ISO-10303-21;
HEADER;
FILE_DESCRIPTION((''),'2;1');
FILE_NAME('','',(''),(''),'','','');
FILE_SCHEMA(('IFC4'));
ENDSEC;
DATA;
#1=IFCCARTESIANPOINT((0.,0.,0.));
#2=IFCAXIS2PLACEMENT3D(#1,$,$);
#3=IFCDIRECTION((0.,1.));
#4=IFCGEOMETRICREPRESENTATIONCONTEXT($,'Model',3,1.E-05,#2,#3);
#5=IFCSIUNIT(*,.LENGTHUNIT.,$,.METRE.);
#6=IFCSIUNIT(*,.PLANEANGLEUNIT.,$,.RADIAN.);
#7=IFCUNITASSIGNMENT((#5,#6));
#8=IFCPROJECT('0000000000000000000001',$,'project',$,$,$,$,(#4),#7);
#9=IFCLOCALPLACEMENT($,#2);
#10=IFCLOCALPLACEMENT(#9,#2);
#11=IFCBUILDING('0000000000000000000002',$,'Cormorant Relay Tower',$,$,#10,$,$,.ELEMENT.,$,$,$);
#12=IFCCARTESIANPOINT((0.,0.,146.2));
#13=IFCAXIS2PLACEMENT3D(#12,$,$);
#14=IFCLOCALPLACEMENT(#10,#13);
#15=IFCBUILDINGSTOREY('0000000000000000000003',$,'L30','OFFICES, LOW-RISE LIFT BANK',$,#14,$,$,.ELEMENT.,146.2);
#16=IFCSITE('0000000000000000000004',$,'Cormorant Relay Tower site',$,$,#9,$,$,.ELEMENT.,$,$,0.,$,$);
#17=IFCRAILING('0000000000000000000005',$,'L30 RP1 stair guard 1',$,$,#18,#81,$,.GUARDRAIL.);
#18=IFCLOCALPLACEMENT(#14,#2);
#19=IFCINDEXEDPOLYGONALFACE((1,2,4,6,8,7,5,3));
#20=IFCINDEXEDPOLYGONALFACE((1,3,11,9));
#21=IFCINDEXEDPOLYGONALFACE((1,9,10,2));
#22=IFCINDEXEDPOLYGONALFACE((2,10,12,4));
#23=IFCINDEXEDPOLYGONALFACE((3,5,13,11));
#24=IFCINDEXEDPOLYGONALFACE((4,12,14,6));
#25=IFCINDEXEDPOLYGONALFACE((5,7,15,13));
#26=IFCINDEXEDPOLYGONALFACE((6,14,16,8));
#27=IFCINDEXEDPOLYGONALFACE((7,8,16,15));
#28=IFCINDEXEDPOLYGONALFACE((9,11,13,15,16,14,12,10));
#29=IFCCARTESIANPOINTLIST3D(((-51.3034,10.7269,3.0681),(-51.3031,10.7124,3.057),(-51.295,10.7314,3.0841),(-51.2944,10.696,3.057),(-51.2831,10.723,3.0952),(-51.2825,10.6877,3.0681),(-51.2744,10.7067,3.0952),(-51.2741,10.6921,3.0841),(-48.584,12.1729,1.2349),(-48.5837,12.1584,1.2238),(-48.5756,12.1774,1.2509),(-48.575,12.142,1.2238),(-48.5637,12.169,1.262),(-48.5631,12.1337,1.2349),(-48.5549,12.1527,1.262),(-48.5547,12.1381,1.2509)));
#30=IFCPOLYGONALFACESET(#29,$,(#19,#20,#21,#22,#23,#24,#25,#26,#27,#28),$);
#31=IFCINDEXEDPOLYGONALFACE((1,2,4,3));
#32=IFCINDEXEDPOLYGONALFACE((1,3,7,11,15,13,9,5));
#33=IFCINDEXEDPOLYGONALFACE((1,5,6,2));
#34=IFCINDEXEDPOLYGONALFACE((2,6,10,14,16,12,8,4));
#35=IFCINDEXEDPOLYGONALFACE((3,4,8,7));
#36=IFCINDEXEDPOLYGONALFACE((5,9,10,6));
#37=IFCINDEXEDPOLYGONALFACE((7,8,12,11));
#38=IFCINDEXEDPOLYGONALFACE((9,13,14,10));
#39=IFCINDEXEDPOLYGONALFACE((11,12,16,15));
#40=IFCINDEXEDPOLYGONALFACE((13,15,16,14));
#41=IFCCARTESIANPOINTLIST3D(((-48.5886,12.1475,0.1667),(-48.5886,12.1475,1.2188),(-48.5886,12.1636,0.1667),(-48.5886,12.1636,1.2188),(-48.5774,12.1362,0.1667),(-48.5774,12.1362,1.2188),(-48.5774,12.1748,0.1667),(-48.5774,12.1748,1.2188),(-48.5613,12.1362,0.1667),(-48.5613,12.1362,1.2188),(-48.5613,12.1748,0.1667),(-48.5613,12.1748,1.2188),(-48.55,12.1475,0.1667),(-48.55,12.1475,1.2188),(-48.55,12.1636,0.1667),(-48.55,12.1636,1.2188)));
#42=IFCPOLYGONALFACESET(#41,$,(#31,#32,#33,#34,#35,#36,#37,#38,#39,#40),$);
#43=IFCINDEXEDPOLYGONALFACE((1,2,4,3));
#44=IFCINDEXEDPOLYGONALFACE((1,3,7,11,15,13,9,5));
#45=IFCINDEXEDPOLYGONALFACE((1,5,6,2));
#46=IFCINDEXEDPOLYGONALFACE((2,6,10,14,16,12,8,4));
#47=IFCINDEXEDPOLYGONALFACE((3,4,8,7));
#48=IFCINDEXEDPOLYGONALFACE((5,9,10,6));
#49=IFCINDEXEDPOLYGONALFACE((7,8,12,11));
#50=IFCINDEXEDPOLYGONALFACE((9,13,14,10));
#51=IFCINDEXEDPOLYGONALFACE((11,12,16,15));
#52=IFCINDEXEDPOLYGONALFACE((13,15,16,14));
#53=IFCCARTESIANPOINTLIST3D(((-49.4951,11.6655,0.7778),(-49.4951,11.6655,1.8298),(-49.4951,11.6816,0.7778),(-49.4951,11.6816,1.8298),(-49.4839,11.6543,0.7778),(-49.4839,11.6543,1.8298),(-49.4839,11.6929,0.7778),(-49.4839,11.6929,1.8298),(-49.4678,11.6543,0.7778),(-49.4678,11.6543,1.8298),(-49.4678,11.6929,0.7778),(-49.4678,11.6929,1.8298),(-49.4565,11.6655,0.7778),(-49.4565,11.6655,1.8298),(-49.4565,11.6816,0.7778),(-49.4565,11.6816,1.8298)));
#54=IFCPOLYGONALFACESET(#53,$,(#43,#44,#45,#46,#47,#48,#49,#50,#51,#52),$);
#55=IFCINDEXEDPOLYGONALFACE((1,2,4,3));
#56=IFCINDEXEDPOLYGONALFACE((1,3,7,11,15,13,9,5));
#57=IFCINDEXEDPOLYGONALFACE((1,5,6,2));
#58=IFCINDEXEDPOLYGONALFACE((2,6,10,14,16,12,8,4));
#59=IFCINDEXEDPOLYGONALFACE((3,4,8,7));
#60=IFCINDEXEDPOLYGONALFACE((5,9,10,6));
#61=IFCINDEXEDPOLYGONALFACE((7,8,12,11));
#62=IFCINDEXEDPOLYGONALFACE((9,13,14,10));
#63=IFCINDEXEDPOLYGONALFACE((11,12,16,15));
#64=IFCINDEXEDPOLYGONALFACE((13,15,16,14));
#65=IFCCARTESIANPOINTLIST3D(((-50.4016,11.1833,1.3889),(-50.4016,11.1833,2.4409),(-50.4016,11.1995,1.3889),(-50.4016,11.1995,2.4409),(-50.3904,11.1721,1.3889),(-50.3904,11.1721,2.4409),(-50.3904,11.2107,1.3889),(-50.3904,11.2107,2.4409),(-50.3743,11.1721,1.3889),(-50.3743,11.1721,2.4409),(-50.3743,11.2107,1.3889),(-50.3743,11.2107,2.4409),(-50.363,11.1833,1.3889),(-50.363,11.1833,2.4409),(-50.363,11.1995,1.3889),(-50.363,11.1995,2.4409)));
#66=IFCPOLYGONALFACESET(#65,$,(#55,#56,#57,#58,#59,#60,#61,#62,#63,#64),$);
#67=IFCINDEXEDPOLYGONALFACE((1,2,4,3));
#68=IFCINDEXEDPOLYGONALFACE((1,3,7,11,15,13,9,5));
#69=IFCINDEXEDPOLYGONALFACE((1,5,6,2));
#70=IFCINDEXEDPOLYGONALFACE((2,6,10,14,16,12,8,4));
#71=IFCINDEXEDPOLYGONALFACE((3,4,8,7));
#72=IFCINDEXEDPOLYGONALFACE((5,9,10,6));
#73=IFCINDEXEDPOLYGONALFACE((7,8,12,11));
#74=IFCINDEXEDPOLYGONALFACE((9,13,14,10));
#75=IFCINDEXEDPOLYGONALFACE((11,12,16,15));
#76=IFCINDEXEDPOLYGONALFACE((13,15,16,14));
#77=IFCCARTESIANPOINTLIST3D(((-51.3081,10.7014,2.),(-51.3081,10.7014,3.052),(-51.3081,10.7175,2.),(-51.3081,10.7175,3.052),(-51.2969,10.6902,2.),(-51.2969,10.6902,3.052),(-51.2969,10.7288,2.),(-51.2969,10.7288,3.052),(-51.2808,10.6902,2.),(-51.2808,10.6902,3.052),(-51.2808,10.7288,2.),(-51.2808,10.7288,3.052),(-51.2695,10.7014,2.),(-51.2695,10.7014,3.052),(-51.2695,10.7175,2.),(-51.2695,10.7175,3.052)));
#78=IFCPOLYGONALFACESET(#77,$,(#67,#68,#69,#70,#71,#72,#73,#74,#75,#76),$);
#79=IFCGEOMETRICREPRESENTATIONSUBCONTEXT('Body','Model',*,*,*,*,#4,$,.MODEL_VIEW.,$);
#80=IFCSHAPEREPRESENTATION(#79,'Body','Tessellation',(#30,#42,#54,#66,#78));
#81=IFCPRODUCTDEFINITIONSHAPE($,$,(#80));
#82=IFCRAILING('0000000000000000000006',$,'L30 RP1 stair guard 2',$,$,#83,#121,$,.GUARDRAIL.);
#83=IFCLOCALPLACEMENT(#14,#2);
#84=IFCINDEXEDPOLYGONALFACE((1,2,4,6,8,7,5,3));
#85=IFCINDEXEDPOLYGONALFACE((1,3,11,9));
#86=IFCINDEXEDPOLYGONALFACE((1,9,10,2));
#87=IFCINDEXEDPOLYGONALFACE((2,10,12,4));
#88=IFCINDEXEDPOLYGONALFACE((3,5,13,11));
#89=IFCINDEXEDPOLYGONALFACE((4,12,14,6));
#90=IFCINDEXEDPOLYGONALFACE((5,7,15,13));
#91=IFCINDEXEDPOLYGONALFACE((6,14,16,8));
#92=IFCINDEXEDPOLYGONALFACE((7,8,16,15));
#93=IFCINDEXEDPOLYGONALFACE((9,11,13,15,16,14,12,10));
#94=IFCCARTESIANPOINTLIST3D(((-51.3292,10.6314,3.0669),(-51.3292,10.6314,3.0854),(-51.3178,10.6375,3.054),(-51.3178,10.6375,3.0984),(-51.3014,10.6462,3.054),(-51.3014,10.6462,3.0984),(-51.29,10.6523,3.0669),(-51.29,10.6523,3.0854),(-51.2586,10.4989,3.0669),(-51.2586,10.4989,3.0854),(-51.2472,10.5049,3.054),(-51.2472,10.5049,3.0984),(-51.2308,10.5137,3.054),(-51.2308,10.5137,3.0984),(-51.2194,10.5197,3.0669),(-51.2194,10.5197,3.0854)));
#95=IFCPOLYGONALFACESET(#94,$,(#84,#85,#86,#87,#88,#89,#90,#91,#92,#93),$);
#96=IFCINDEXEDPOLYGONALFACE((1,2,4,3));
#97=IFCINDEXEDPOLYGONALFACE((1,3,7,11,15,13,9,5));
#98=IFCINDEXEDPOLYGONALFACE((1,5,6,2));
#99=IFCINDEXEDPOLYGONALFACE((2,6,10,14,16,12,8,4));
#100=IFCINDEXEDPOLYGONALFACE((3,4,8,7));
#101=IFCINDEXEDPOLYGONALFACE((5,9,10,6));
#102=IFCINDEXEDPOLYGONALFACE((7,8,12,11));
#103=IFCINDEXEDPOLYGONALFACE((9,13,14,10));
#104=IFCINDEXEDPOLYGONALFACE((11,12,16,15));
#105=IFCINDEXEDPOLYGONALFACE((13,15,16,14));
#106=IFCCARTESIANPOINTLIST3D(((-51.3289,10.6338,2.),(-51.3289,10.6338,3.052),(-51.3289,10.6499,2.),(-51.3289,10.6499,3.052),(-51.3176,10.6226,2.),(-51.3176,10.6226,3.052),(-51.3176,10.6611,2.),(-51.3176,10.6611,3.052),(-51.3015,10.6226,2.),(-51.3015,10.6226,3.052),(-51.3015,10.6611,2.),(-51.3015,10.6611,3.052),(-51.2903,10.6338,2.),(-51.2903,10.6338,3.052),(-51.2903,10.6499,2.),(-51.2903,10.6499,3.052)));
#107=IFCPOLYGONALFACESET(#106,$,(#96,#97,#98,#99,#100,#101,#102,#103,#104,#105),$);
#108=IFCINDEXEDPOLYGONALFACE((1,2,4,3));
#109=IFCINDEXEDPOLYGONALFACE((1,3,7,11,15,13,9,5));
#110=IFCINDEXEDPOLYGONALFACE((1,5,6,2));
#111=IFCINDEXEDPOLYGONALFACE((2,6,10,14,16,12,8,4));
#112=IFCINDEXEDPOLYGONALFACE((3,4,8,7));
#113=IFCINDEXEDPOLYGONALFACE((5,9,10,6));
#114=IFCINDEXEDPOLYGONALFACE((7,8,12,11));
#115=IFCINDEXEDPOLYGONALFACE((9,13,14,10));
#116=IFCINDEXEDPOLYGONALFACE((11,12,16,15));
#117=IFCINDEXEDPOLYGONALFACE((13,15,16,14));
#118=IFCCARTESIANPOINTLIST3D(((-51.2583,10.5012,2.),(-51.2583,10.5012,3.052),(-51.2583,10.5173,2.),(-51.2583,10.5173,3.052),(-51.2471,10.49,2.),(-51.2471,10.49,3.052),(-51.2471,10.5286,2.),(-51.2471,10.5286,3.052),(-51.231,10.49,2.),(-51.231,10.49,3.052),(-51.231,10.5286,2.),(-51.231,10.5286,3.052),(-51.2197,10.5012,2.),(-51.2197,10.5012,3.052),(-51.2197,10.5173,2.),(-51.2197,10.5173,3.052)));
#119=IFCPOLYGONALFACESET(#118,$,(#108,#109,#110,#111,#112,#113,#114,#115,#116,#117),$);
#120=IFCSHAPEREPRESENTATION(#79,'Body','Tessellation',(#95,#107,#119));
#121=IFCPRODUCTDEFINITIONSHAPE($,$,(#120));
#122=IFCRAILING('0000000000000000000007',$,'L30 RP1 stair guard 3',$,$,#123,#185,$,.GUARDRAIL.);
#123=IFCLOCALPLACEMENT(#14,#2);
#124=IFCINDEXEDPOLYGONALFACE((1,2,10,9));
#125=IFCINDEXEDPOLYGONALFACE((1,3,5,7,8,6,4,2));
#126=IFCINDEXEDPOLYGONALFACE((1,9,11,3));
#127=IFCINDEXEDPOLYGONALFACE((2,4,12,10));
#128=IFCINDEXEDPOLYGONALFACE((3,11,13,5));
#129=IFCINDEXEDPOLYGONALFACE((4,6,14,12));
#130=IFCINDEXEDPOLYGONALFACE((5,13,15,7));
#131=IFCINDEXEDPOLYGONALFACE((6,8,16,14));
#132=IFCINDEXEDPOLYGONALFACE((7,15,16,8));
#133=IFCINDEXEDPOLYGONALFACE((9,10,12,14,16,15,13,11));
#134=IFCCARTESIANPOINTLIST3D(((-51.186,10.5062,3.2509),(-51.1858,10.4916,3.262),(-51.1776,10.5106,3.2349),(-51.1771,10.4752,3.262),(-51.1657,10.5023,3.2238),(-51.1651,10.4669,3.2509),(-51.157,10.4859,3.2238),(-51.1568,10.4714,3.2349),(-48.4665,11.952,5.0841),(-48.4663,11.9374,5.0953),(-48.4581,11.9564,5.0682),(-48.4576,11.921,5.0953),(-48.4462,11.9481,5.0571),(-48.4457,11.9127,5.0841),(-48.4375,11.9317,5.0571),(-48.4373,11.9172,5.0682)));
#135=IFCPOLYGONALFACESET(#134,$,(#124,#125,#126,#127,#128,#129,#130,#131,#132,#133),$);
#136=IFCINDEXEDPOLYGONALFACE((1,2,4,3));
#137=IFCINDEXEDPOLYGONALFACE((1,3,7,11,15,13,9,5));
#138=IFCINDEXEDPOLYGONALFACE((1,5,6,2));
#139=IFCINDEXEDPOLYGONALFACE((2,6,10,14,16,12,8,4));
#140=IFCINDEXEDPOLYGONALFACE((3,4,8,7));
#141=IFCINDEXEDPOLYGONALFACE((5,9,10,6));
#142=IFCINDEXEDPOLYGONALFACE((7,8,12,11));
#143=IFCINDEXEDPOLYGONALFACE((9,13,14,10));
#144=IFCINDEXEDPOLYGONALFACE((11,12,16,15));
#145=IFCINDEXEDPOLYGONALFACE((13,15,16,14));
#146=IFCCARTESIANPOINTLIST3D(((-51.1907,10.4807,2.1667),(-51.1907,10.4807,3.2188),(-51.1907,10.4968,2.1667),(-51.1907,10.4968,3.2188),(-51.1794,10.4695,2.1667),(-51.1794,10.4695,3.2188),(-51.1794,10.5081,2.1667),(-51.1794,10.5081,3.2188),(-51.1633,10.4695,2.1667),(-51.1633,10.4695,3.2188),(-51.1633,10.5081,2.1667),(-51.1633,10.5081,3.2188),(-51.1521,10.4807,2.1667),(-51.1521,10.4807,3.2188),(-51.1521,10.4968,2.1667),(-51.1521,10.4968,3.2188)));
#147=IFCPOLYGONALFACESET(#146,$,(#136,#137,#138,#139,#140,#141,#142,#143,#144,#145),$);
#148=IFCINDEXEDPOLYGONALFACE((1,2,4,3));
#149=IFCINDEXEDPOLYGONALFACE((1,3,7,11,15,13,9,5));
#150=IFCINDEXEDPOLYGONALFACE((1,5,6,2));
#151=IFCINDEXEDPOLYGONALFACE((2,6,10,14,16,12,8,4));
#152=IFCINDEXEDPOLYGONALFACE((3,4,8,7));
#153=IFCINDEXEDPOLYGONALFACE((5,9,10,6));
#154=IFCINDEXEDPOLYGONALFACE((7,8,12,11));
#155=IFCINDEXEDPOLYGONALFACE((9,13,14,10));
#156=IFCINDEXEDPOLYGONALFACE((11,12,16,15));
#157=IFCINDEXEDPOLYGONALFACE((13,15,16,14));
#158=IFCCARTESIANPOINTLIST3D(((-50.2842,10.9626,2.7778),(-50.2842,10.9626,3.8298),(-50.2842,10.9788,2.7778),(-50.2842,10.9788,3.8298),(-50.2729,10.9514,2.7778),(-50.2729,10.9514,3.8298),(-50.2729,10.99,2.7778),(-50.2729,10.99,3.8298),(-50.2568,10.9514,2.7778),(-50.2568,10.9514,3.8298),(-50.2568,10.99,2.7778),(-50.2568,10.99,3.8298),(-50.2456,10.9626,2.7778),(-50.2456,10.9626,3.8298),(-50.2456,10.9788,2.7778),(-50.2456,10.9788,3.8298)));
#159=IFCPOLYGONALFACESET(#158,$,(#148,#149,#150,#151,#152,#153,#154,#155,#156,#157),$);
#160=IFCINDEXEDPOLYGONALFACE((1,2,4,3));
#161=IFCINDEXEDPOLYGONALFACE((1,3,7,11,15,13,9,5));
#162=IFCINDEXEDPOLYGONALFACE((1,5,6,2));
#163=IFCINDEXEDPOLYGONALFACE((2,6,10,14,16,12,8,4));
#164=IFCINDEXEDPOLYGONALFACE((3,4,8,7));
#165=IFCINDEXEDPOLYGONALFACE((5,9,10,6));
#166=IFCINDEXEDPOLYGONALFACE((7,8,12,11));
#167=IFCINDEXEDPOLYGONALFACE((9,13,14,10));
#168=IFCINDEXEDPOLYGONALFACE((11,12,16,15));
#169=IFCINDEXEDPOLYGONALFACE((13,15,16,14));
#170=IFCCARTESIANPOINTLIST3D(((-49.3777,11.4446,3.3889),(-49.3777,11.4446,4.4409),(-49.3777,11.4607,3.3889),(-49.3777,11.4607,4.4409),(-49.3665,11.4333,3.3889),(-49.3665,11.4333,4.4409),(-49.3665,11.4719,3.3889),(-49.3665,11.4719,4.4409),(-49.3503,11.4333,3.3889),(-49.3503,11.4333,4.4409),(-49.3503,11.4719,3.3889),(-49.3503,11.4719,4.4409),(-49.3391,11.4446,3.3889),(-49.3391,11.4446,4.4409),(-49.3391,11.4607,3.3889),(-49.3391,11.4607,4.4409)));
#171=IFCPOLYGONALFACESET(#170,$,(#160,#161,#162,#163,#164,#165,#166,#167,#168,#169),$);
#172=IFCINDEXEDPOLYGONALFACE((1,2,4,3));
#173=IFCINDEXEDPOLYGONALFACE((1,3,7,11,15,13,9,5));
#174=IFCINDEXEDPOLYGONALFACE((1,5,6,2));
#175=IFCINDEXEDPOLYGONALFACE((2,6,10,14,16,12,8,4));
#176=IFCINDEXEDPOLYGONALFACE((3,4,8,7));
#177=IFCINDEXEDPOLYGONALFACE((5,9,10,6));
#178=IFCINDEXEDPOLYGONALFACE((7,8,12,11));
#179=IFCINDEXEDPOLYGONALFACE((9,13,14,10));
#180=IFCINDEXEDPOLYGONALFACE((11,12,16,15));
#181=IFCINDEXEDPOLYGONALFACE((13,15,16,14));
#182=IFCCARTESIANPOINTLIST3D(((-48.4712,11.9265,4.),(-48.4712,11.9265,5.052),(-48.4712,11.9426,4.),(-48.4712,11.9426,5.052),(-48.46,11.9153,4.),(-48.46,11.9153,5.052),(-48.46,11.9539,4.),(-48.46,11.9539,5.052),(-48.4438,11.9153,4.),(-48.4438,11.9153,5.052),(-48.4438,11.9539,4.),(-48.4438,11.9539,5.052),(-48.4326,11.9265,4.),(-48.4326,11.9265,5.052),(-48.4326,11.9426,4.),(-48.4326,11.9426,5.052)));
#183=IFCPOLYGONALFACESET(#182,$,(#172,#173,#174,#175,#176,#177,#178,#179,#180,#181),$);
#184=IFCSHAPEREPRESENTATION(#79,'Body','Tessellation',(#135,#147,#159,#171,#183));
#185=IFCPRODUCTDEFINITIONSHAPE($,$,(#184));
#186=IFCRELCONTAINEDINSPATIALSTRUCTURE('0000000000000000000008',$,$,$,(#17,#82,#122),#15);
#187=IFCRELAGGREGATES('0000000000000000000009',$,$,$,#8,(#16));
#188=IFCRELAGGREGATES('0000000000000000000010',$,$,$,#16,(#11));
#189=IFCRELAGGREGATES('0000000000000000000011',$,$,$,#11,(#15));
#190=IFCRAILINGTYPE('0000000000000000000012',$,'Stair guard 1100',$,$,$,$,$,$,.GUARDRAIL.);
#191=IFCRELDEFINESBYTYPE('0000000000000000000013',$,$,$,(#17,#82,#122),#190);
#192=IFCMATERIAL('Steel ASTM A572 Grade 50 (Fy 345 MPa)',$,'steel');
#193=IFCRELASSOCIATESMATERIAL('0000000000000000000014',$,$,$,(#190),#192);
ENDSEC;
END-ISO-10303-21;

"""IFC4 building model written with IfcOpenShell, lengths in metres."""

from ifc_helpers import new_model, si_unit, direction, frame, origin, place, context, subcontext, project, spatial, polyline, outline, extrude, material, type_object, element, save


model = new_model("IFC4")

# Units and contexts
model_context = context("Model", 3, precision=1e-05, world=origin(), true_north=direction((0.0, 1.0)))
body_context = subcontext(model_context, "Body", "Model", "MODEL_VIEW")
ifc_project = project(units=[si_unit("LENGTHUNIT", "METRE"), si_unit("PLANEANGLEUNIT", "RADIAN")], contexts=[model_context])

# Site, building, storey
site_placement = place(None, origin())
site = spatial("IfcSite", under=ifc_project, at=site_placement, Name="Cormorant Relay Tower site", CompositionType="ELEMENT", RefElevation=0.0)
building_placement = place(site_placement, origin())
building = spatial("IfcBuilding", under=site, at=building_placement, Name="Cormorant Relay Tower", CompositionType="ELEMENT")
storey_placement = place(building_placement, frame((0.0, 0.0, 146.2)))
storey = spatial("IfcBuildingStorey", under=building, at=storey_placement, Name="L30", Description="OFFICES, LOW-RISE LIFT BANK", CompositionType="ELEMENT", Elevation=146.2)

# Railings
ifc_material_1 = material(Name="Steel ASTM A572 Grade 50 (Fy 345 MPa)", Category="steel")
railing_type_1 = type_object("IfcRailingType", Name="Stair guard 1100", PredefinedType="GUARDRAIL", material=ifc_material_1)
railing_1_placement = place(storey_placement, frame((-48.5693, 12.1555, 0.1667)))
element("IfcRailing", 1, at=railing_1_placement, inside=storey, type_object=railing_type_1, Name="L30 RP1 stair guard 1", PredefinedType="GUARDRAIL", context=body_context, shape_type="SweptSolid", body=[
    extrude(outline(polyline([(0.0222, 0.0093), (0.0093, 0.0222), (-0.0093, 0.0222), (-0.0222, 0.0093), (-0.0222, -0.0093), (-0.0093, -0.0222), (0.0093, -0.0222), (0.0222, -0.0093), (0.0222, 0.0093)])), frame((0.0, 0.0, 1.0762), z_axis=(-0.758714, -0.403435, 0.511463), x_axis=(0.469489, -0.882938, 0.0)), (0.0, 0.0, 1.0), 3.5842),
    extrude(outline(polyline([(0.0193, 0.0081), (0.0081, 0.0193), (-0.0081, 0.0193), (-0.0193, 0.0081), (-0.0193, -0.0081), (-0.0081, -0.0193), (0.0081, -0.0193), (0.0193, -0.0081), (0.0193, 0.0081)])), origin(), (0.0, 0.0, 1.0), 1.052),
    extrude(outline(polyline([(0.0193, 0.0081), (0.0081, 0.0193), (-0.0081, 0.0193), (-0.0193, 0.0081), (-0.0193, -0.0081), (-0.0081, -0.0193), (0.0081, -0.0193), (0.0193, -0.0081), (0.0193, 0.0081)])), frame((-0.9065, -0.4819, 0.6111)), (0.0, 0.0, 1.0), 1.052),
    extrude(outline(polyline([(0.0193, 0.0081), (0.0081, 0.0193), (-0.0081, 0.0193), (-0.0193, 0.0081), (-0.0193, -0.0081), (-0.0081, -0.0193), (0.0081, -0.0193), (0.0193, -0.0081), (0.0193, 0.0081)])), frame((-1.813, -0.9641, 1.2222)), (0.0, 0.0, 1.0), 1.052),
    extrude(outline(polyline([(0.0193, 0.0081), (0.0081, 0.0193), (-0.0081, 0.0193), (-0.0193, 0.0081), (-0.0193, -0.0081), (-0.0081, -0.0193), (0.0081, -0.0193), (0.0193, -0.0081), (0.0193, 0.0081)])), frame((-2.7195, -1.446, 1.8333)), (0.0, 0.0, 1.0), 1.052),
])
railing_2_placement = place(storey_placement, frame((-51.3096, 10.6418, 2.0)))
element("IfcRailing", 2, at=railing_2_placement, inside=storey, type_object=railing_type_1, Name="L30 RP1 stair guard 2", PredefinedType="GUARDRAIL", context=body_context, shape_type="SweptSolid", body=[
    extrude(outline(polyline([(0.0222, 0.0093), (0.0093, 0.0222), (-0.0093, 0.0222), (-0.0222, 0.0093), (-0.0222, -0.0093), (-0.0093, -0.0222), (0.0093, -0.0222), (0.0222, -0.0093), (0.0222, 0.0093)])), frame((0.0, 0.0, 1.0762), z_axis=(0.469829, -0.882758, 0.0), x_axis=(0.882758, 0.469829, 0.0)), (0.0, 0.0, 1.0), 0.1501),
    extrude(outline(polyline([(0.0193, 0.0081), (0.0081, 0.0193), (-0.0081, 0.0193), (-0.0193, 0.0081), (-0.0193, -0.0081), (-0.0081, -0.0193), (0.0081, -0.0193), (0.0193, -0.0081), (0.0193, 0.0081)])), origin(), (0.0, 0.0, 1.0), 1.052),
    extrude(outline(polyline([(0.0193, 0.0081), (0.0081, 0.0193), (-0.0081, 0.0193), (-0.0193, 0.0081), (-0.0193, -0.0081), (-0.0081, -0.0193), (0.0081, -0.0193), (0.0193, -0.0081), (0.0193, 0.0081)])), frame((0.0706, -0.1326, 0.0)), (0.0, 0.0, 1.0), 1.052),
])
railing_3_placement = place(storey_placement, frame((-51.1714, 10.4888, 2.1667)))
element("IfcRailing", 3, at=railing_3_placement, inside=storey, type_object=railing_type_1, Name="L30 RP1 stair guard 3", PredefinedType="GUARDRAIL", context=body_context, shape_type="SweptSolid", body=[
    extrude(outline(polyline([(0.0222, 0.0093), (0.0093, 0.0222), (-0.0093, 0.0222), (-0.0222, 0.0093), (-0.0222, -0.0093), (-0.0093, -0.0222), (0.0093, -0.0222), (0.0222, -0.0093), (0.0222, 0.0093)])), frame((0.0, 0.0, 1.0762), z_axis=(0.758735, 0.403378, 0.511477), x_axis=(-0.469428, 0.882971, 0.0)), (0.0, 0.0, 1.0), 3.5842),
    extrude(outline(polyline([(0.0193, 0.0081), (0.0081, 0.0193), (-0.0081, 0.0193), (-0.0193, 0.0081), (-0.0193, -0.0081), (-0.0081, -0.0193), (0.0081, -0.0193), (0.0193, -0.0081), (0.0193, 0.0081)])), origin(), (0.0, 0.0, 1.0), 1.052),
    extrude(outline(polyline([(0.0193, 0.0081), (0.0081, 0.0193), (-0.0081, 0.0193), (-0.0193, 0.0081), (-0.0193, -0.0081), (-0.0081, -0.0193), (0.0081, -0.0193), (0.0193, -0.0081), (0.0193, 0.0081)])), frame((0.9065, 0.4819, 0.6111)), (0.0, 0.0, 1.0), 1.052),
    extrude(outline(polyline([(0.0193, 0.0081), (0.0081, 0.0193), (-0.0081, 0.0193), (-0.0193, 0.0081), (-0.0193, -0.0081), (-0.0081, -0.0193), (0.0081, -0.0193), (0.0193, -0.0081), (0.0193, 0.0081)])), frame((1.813, 0.9639, 1.2222)), (0.0, 0.0, 1.0), 1.052),
    extrude(outline(polyline([(0.0193, 0.0081), (0.0081, 0.0193), (-0.0081, 0.0193), (-0.0193, 0.0081), (-0.0193, -0.0081), (-0.0081, -0.0193), (0.0081, -0.0193), (0.0193, -0.0081), (0.0193, 0.0081)])), frame((2.7195, 1.4458, 1.8333)), (0.0, 0.0, 1.0), 1.052),
])

save(model, "model.ifc")
